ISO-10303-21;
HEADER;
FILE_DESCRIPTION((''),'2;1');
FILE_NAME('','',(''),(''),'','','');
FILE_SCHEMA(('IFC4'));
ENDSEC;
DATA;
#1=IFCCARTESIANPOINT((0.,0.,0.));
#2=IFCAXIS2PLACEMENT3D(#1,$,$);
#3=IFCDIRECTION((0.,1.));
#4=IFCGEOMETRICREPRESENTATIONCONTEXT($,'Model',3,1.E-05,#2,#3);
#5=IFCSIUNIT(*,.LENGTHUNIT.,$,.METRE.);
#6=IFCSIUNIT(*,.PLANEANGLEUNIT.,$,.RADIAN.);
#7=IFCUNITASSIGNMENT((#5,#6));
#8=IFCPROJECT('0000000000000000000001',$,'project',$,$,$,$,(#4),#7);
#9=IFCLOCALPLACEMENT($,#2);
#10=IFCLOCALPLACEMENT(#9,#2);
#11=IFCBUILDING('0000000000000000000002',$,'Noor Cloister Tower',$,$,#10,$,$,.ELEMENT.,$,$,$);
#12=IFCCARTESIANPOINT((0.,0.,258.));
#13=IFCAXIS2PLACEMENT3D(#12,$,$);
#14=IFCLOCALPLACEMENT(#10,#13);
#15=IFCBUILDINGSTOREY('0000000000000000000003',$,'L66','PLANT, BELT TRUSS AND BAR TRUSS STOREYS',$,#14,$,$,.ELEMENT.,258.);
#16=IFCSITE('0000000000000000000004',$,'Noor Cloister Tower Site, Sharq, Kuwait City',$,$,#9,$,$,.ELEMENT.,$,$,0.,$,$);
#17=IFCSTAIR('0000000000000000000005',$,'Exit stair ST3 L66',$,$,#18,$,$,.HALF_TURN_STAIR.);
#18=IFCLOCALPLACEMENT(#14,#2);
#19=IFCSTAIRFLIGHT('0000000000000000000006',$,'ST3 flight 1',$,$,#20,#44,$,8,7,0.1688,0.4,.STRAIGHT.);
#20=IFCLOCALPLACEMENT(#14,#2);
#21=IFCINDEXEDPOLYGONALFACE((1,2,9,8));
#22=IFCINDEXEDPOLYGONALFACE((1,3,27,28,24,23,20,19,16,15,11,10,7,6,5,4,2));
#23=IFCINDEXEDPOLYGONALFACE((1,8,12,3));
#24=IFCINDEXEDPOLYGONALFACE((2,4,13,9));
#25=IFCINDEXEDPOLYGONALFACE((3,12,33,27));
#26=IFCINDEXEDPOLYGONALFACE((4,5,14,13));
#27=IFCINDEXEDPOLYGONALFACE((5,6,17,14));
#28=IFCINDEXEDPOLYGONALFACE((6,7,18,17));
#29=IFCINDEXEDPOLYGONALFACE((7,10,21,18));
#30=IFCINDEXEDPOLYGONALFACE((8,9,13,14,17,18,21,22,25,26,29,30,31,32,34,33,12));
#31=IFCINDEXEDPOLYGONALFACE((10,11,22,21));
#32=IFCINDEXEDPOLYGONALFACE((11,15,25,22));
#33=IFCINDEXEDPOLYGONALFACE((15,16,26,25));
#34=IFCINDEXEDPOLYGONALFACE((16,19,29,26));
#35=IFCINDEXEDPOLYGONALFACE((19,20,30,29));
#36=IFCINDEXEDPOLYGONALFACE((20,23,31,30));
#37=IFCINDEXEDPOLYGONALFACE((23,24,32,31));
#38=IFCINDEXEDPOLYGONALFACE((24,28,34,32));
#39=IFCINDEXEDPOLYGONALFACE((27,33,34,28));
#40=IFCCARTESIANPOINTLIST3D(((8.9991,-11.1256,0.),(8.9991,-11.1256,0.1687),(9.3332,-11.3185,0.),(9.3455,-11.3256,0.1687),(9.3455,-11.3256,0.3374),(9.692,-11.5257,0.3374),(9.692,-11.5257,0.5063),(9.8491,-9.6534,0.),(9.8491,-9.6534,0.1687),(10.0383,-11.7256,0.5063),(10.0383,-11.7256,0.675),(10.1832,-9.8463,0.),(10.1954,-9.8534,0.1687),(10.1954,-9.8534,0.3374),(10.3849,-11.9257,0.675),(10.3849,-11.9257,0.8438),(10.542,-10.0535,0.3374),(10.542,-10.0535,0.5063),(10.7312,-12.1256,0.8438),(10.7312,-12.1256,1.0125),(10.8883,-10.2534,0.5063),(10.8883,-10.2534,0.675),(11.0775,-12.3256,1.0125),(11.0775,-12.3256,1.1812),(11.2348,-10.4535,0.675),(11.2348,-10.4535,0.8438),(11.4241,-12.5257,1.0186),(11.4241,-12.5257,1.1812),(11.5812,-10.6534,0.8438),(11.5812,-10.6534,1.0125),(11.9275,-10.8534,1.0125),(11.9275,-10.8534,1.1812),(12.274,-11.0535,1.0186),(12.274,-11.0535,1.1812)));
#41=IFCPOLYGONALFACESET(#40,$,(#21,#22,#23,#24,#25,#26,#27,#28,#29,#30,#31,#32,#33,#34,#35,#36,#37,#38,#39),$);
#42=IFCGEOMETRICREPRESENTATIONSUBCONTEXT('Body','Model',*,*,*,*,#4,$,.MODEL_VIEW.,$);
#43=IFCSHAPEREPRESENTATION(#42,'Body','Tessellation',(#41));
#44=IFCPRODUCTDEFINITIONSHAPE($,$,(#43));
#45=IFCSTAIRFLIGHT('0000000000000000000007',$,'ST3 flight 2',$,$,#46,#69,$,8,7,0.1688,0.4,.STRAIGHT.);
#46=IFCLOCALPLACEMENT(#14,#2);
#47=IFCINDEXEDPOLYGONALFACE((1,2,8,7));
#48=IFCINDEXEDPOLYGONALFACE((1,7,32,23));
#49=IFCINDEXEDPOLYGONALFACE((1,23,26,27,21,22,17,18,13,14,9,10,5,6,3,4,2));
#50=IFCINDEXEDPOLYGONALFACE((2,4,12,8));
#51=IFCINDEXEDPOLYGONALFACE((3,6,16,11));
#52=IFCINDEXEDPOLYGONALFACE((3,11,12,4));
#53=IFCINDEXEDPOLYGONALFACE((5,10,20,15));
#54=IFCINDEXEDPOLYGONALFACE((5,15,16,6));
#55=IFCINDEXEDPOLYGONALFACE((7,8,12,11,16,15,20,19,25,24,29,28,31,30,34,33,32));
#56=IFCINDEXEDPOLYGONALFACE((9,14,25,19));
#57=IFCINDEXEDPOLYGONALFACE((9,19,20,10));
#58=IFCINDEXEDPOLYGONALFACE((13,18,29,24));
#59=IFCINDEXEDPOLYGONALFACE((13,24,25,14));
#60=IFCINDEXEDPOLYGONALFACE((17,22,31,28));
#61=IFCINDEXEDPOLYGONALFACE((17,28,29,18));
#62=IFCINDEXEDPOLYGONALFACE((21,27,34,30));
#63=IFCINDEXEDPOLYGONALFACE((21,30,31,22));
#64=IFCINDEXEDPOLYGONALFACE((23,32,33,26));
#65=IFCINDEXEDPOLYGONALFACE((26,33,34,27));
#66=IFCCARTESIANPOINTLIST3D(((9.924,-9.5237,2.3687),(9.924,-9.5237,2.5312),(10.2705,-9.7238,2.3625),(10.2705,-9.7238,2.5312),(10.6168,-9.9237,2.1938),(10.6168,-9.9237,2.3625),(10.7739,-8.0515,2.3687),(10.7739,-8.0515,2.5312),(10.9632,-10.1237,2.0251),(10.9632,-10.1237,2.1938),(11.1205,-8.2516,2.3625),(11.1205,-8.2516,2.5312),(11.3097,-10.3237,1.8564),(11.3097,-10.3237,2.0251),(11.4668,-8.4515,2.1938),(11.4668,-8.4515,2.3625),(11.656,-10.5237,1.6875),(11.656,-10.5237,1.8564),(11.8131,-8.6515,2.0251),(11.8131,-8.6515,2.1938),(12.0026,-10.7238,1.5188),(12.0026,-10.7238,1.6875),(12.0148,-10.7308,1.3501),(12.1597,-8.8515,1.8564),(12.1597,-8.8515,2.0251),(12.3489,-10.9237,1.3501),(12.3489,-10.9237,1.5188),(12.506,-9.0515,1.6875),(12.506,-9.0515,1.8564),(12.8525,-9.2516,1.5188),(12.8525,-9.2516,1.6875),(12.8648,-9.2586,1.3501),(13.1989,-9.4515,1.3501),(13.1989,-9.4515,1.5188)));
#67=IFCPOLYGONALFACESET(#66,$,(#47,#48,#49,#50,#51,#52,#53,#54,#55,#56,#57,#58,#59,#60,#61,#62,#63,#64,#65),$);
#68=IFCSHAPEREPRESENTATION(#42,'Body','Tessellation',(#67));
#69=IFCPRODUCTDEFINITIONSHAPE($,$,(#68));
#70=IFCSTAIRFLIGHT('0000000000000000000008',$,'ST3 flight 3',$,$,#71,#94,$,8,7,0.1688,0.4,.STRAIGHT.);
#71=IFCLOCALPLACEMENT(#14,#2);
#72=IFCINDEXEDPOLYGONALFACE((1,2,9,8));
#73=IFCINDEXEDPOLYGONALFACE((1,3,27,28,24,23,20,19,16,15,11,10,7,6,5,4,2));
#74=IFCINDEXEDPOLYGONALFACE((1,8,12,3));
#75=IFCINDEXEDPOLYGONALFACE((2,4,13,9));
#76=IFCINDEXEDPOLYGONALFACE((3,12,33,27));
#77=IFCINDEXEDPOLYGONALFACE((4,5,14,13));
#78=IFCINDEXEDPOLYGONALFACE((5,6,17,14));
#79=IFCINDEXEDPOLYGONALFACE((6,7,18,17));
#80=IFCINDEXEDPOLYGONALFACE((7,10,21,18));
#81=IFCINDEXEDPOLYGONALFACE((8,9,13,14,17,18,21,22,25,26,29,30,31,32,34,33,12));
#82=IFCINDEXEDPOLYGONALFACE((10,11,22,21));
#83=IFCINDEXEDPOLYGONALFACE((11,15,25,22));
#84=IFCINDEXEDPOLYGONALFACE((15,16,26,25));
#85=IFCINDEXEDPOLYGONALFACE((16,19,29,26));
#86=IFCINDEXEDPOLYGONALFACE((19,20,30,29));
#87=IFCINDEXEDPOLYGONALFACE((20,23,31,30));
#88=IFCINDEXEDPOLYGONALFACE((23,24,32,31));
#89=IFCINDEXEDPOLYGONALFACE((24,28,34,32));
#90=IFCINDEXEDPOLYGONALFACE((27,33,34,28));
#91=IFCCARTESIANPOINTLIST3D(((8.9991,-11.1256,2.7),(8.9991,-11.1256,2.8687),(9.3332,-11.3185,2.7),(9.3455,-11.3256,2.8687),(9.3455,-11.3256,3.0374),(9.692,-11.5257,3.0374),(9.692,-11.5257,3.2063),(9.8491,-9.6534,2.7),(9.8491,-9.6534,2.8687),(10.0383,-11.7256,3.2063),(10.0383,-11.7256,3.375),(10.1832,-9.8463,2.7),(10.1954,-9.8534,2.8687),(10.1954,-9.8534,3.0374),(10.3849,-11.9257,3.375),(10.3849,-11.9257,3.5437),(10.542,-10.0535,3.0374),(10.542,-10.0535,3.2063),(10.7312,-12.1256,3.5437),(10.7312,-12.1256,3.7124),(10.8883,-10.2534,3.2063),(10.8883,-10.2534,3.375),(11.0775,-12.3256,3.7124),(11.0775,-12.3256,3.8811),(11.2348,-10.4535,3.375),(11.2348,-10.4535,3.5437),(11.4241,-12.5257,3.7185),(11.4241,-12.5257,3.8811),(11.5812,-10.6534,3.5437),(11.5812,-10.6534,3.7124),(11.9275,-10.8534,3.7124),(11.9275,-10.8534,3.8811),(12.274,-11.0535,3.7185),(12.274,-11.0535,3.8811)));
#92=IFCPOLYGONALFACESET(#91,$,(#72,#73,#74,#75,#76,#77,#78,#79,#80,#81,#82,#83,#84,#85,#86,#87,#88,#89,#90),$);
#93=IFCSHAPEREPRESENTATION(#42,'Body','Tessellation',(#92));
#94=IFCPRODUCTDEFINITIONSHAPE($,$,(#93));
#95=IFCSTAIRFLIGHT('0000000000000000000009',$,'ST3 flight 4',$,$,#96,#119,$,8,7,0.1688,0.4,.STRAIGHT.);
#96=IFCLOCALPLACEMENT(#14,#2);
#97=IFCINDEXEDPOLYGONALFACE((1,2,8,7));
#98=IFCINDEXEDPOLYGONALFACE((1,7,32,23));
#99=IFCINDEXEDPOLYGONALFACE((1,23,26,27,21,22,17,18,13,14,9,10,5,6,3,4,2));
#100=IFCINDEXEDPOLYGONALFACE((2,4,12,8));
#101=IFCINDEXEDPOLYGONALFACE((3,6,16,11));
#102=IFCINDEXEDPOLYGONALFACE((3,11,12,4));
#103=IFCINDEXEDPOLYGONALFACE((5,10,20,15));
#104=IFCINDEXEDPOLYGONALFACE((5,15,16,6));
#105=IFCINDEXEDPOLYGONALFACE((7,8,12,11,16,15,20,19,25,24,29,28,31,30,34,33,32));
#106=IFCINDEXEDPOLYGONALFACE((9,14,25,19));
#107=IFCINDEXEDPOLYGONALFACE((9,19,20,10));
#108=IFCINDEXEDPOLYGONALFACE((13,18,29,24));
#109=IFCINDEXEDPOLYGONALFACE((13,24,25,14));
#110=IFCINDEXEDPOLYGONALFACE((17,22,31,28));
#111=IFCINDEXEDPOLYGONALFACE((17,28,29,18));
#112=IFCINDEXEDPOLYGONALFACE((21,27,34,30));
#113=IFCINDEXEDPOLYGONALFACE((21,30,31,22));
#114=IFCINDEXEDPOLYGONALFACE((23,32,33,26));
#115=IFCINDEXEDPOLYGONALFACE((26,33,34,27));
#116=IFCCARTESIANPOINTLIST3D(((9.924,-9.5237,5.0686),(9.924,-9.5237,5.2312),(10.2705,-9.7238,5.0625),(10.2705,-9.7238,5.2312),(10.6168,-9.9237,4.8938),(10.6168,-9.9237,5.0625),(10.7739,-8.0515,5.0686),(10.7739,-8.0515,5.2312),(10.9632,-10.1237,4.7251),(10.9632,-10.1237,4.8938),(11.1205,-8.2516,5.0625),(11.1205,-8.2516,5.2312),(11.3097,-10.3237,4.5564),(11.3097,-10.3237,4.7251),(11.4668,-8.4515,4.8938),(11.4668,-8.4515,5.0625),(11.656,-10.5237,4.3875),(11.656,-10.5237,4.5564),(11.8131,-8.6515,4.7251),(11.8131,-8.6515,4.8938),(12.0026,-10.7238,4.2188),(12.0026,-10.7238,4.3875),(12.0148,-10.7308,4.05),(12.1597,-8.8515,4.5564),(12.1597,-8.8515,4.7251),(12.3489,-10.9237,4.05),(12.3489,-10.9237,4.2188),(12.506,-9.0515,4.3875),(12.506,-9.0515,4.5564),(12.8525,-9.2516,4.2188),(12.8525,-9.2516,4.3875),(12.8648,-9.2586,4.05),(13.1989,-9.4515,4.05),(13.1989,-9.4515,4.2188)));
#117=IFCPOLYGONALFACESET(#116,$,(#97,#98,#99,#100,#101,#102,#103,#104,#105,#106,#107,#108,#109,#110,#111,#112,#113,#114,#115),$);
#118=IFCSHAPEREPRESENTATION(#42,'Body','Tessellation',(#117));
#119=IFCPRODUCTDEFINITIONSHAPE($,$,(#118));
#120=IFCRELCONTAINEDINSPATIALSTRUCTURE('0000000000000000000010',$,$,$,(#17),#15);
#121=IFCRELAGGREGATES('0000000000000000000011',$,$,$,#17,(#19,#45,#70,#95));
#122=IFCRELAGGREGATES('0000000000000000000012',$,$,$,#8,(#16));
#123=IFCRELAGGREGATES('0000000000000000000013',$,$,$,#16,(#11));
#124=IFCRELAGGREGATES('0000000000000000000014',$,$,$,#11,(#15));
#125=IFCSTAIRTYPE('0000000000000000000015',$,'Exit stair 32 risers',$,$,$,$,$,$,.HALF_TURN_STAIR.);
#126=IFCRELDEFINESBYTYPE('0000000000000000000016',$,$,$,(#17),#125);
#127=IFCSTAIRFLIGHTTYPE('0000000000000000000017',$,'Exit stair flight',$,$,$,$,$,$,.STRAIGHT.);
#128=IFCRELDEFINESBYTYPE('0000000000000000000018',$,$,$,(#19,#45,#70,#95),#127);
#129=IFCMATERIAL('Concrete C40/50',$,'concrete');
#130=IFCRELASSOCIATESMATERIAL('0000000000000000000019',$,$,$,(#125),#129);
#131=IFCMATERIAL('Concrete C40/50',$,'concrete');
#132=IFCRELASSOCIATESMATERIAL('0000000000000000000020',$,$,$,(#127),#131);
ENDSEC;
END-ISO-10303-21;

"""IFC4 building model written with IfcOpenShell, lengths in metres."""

from ifc_helpers import new_model, si_unit, direction, frame, origin, place, context, subcontext, project, spatial, polyline, outline, extrude, material, type_object, element, aggregate, save


model = new_model("IFC4")

# Units and contexts
model_context = context("Model", 3, precision=1e-05, world=origin(), true_north=direction((0.0, 1.0)))
body_context = subcontext(model_context, "Body", "Model", "MODEL_VIEW")
ifc_project = project(units=[si_unit("LENGTHUNIT", "METRE"), si_unit("PLANEANGLEUNIT", "RADIAN")], contexts=[model_context])

# Site, building, storey
site_placement = place(None, origin())
site = spatial("IfcSite", under=ifc_project, at=site_placement, Name="Noor Cloister Tower Site, Sharq, Kuwait City", CompositionType="ELEMENT", RefElevation=0.0)
building_placement = place(site_placement, origin())
building = spatial("IfcBuilding", under=site, at=building_placement, Name="Noor Cloister Tower", CompositionType="ELEMENT")
storey_placement = place(building_placement, frame((0.0, 0.0, 258.0)))
storey = spatial("IfcBuildingStorey", under=building, at=storey_placement, Name="L66", Description="PLANT, BELT TRUSS AND BAR TRUSS STOREYS", CompositionType="ELEMENT", Elevation=258.0)

# Stair, stair flights
ifc_material_1 = material(Name="Concrete C40/50", Category="concrete")
stair_type = type_object("IfcStairType", Name="Exit stair 32 risers", PredefinedType="HALF_TURN_STAIR", material=ifc_material_1)
stair_placement = place(storey_placement, origin())
stair = element("IfcStair", 1, at=stair_placement, inside=storey, type_object=stair_type, Name="Exit stair ST3 L66", PredefinedType="HALF_TURN_STAIR")
ifc_material_2 = material(Name="Concrete C40/50", Category="concrete")
stair_flight_type = type_object("IfcStairFlightType", Name="Exit stair flight", PredefinedType="STRAIGHT", material=ifc_material_2)
stair_flight_1_placement = place(storey_placement, frame((9.4241, -10.3896, 0.0), z_axis=(0.0, 0.0, 1.0), x_axis=(0.866025, -0.5, 0.0)))
stair_flight_1 = element("IfcStairFlight", 2, at=stair_flight_1_placement, type_object=stair_flight_type, Name="ST3 flight 1", NumberOfRisers=8, NumberOfTreads=7, PredefinedType="STRAIGHT", RiserHeight=0.1688, TreadLength=0.4, context=body_context, shape_type="SweptSolid", body=[
    extrude(outline(polyline([(0.0, 0.0), (0.0, 0.1687), (0.3999, 0.1687), (0.3999, 0.3374), (0.8, 0.3374), (0.8, 0.5063), (1.2, 0.5063), (1.2, 0.675), (1.6001, 0.675), (1.6001, 0.8438), (2.0, 0.8438), (2.0, 1.0125), (2.3999, 1.0125), (2.3999, 1.1812), (2.8, 1.1812), (2.8, 1.3501), (2.8, 1.0186), (0.3857, 0.0), (0.0, 0.0)])), frame((0.0, 0.8501, 0.0), z_axis=(0.0, -1.0, 0.0), x_axis=(1.0, 0.0, 0.0)), (0.0, 0.0, 1.0), 1.7),
])
stair_flight_2_placement = place(storey_placement, frame((12.7739, -10.1875, 1.3501), z_axis=(0.0, 0.0, 1.0), x_axis=(-0.866025, 0.5, 0.0)))
stair_flight_2 = element("IfcStairFlight", 3, at=stair_flight_2_placement, type_object=stair_flight_type, Name="ST3 flight 2", NumberOfRisers=8, NumberOfTreads=7, PredefinedType="STRAIGHT", RiserHeight=0.1688, TreadLength=0.4, context=body_context, shape_type="SweptSolid", body=[
    extrude(outline(polyline([(0.0, 0.0), (0.0, 0.1687), (0.3999, 0.1687), (0.3999, 0.3374), (0.8, 0.3374), (0.8, 0.5063), (1.2, 0.5063), (1.2, 0.675), (1.6001, 0.675), (1.6001, 0.8438), (2.0, 0.8438), (2.0, 1.0125), (2.3999, 1.0125), (2.3999, 1.1812), (2.8, 1.1812), (2.8, 1.3501), (2.8, 1.0186), (0.3857, 0.0), (0.0, 0.0)])), frame((0.0, 0.8501, 0.0), z_axis=(0.0, -1.0, 0.0), x_axis=(1.0, 0.0, 0.0)), (0.0, 0.0, 1.0), 1.7),
])
stair_flight_3_placement = place(storey_placement, frame((9.4241, -10.3896, 2.7), z_axis=(0.0, 0.0, 1.0), x_axis=(0.866025, -0.5, 0.0)))
stair_flight_3 = element("IfcStairFlight", 4, at=stair_flight_3_placement, type_object=stair_flight_type, Name="ST3 flight 3", NumberOfRisers=8, NumberOfTreads=7, PredefinedType="STRAIGHT", RiserHeight=0.1688, TreadLength=0.4, context=body_context, shape_type="SweptSolid", body=[
    extrude(outline(polyline([(0.0, 0.0), (0.0, 0.1687), (0.3999, 0.1687), (0.3999, 0.3374), (0.8, 0.3374), (0.8, 0.5063), (1.2, 0.5063), (1.2, 0.675), (1.6001, 0.675), (1.6001, 0.8438), (2.0, 0.8438), (2.0, 1.0125), (2.3999, 1.0125), (2.3999, 1.1812), (2.8, 1.1812), (2.8, 1.3501), (2.8, 1.0186), (0.3857, 0.0), (0.0, 0.0)])), frame((0.0, 0.8501, 0.0), z_axis=(0.0, -1.0, 0.0), x_axis=(1.0, 0.0, 0.0)), (0.0, 0.0, 1.0), 1.7),
])
stair_flight_4_placement = place(storey_placement, frame((12.7739, -10.1875, 4.05), z_axis=(0.0, 0.0, 1.0), x_axis=(-0.866025, 0.5, 0.0)))
stair_flight_4 = element("IfcStairFlight", 5, at=stair_flight_4_placement, type_object=stair_flight_type, Name="ST3 flight 4", NumberOfRisers=8, NumberOfTreads=7, PredefinedType="STRAIGHT", RiserHeight=0.1688, TreadLength=0.4, context=body_context, shape_type="SweptSolid", body=[
    extrude(outline(polyline([(0.0, 0.0), (0.0, 0.1687), (0.3999, 0.1687), (0.3999, 0.3374), (0.8, 0.3374), (0.8, 0.5063), (1.2, 0.5063), (1.2, 0.675), (1.6001, 0.675), (1.6001, 0.8438), (2.0, 0.8438), (2.0, 1.0125), (2.3999, 1.0125), (2.3999, 1.1812), (2.8, 1.1812), (2.8, 1.3501), (2.8, 1.0186), (0.3857, 0.0), (0.0, 0.0)])), frame((0.0, 0.8501, 0.0), z_axis=(0.0, -1.0, 0.0), x_axis=(1.0, 0.0, 0.0)), (0.0, 0.0, 1.0), 1.7),
])
aggregate(stair, [stair_flight_1, stair_flight_2, stair_flight_3, stair_flight_4])

save(model, "model.ifc")
